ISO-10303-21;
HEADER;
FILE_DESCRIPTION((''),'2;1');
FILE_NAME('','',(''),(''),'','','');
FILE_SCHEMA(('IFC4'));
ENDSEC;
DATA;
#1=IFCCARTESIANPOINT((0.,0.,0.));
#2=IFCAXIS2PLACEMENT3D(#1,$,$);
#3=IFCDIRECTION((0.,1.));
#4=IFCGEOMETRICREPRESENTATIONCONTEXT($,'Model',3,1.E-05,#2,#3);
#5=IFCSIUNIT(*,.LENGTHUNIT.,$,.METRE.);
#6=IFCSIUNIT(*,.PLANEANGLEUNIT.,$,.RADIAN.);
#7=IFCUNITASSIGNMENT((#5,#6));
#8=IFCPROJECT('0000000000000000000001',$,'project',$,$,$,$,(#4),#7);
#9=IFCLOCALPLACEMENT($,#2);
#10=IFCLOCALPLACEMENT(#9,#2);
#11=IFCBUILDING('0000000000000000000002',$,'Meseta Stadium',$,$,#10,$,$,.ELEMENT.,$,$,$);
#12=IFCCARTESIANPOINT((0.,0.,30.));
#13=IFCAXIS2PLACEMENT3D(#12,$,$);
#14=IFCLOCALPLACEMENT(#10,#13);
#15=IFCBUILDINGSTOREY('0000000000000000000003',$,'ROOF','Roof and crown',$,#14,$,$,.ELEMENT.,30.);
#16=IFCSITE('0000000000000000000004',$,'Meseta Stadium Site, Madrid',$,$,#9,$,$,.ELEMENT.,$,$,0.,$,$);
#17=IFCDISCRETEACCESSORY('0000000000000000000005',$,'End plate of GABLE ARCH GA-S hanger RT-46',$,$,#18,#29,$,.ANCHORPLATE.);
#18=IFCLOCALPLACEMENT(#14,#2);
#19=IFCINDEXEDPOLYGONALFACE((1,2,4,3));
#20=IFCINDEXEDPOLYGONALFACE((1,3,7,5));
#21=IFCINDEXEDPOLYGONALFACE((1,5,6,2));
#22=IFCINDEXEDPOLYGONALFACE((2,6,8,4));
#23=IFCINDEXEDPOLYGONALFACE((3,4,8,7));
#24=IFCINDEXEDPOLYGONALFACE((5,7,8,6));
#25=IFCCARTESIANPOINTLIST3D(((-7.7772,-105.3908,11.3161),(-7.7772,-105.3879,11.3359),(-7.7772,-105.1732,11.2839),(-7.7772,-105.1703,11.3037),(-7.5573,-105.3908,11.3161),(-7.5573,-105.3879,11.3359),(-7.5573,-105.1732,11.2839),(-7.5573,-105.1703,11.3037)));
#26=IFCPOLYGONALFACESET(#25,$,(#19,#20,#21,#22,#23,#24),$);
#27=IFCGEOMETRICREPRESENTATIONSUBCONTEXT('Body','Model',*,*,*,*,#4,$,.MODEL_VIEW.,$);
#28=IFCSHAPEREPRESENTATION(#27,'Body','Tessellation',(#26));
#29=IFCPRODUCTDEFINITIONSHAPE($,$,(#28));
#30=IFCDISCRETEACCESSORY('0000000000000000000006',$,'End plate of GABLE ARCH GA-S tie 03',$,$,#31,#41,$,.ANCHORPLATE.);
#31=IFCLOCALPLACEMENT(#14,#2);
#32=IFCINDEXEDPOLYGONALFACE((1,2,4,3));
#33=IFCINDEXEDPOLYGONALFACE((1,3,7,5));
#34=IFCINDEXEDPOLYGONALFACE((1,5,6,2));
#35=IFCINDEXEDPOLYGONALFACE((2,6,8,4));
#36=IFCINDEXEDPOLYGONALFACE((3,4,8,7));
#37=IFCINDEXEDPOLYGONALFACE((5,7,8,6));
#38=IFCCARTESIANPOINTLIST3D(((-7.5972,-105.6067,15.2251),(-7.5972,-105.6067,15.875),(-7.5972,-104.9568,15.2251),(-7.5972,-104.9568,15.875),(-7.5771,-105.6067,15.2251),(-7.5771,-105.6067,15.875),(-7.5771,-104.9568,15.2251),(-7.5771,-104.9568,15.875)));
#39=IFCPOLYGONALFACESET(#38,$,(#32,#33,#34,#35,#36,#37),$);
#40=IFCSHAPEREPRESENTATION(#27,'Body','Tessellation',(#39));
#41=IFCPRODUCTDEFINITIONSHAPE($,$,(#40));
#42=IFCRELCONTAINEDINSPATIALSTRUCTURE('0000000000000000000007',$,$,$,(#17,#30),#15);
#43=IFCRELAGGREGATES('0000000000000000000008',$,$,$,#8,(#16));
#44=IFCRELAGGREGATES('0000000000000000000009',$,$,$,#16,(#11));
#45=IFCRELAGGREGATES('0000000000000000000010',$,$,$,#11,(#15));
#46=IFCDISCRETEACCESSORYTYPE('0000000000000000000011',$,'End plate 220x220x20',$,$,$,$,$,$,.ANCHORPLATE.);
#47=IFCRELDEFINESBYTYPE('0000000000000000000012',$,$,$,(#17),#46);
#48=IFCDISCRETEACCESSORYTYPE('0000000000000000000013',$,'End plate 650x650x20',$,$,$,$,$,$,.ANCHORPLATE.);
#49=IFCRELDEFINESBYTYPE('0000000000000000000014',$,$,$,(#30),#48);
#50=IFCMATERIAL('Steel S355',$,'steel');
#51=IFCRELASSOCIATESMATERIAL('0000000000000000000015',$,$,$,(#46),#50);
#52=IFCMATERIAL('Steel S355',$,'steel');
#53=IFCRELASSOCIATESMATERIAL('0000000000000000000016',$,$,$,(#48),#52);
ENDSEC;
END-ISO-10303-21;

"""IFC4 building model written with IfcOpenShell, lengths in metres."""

from ifc_helpers import new_model, si_unit, direction, frame, origin, origin_2d, place, context, subcontext, project, spatial, rectangle, extrude, material, material_profile, profile_set, type_object, element, save


model = new_model("IFC4")

# Units and contexts
model_context = context("Model", 3, precision=1e-05, world=origin(), true_north=direction((0.0, 1.0)))
body_context = subcontext(model_context, "Body", "Model", "MODEL_VIEW")
ifc_project = project(units=[si_unit("LENGTHUNIT", "METRE"), si_unit("PLANEANGLEUNIT", "RADIAN")], contexts=[model_context])

# Site, building, storey
site_placement = place(None, origin())
site = spatial("IfcSite", under=ifc_project, at=site_placement, Name="Meseta Stadium Site, Madrid", CompositionType="ELEMENT", RefElevation=0.0)
building_placement = place(site_placement, origin())
building = spatial("IfcBuilding", under=site, at=building_placement, Name="Meseta Stadium", CompositionType="ELEMENT")
storey_placement = place(building_placement, frame((0.0, 0.0, 30.0)))
storey = spatial("IfcBuildingStorey", under=building, at=storey_placement, Name="ROOF", Description="Roof and crown", CompositionType="ELEMENT", Elevation=30.0)

# Discrete accessories
ifc_material_1 = material(Name="Steel S355", Category="steel")
ifc_material_profile_1 = material_profile(ifc_material_1, rectangle(XDim=0.22, YDim=0.22, at=origin_2d()), Name="PL 220x220")
ifc_profile_set_1 = profile_set([ifc_material_profile_1], Name="Steel S355")
discrete_accessory_type_1 = type_object("IfcDiscreteAccessoryType", Name="End plate 220x220x20", PredefinedType="ANCHORPLATE", material=ifc_profile_set_1)
for number, where, z_axis, x_axis, name in (
    (1, (-7.6672, -105.2791, 11.3198), (0.0, -0.146549, -0.989203), (1.0, 0.0, 0.0), "End plate of GABLE ARCH GA-S hanger RT-46"),
):
    element("IfcDiscreteAccessory", number, at=place(storey_placement, frame(where, z_axis=z_axis, x_axis=x_axis)), inside=storey, type_object=discrete_accessory_type_1, Name=name, PredefinedType="ANCHORPLATE", context=body_context, shape_type="SweptSolid", body=[
        extrude(rectangle(XDim=0.22, YDim=0.22, at=origin_2d()), origin(), (0.0, 0.0, 1.0), 0.02),
    ])
ifc_material_2 = material(Name="Steel S355", Category="steel")
ifc_material_profile_2 = material_profile(ifc_material_2, rectangle(XDim=0.6499, YDim=0.6499, at=origin_2d()), Name="PL 650x650")
ifc_profile_set_2 = profile_set([ifc_material_profile_2], Name="Steel S355")
discrete_accessory_type_2 = type_object("IfcDiscreteAccessoryType", Name="End plate 650x650x20", PredefinedType="ANCHORPLATE", material=ifc_profile_set_2)
discrete_accessory_1_placement = place(storey_placement, frame((-7.5972, -105.2817, 15.55), z_axis=(1.0, 0.0, 0.0), x_axis=(0.0, 1.0, 0.0)))
element("IfcDiscreteAccessory", 2, at=discrete_accessory_1_placement, inside=storey, type_object=discrete_accessory_type_2, Name="End plate of GABLE ARCH GA-S tie 03", PredefinedType="ANCHORPLATE", context=body_context, shape_type="SweptSolid", body=[
    extrude(rectangle(XDim=0.6499, YDim=0.6499, at=origin_2d()), origin(), (0.0, 0.0, 1.0), 0.02),
])

save(model, "model.ifc")
